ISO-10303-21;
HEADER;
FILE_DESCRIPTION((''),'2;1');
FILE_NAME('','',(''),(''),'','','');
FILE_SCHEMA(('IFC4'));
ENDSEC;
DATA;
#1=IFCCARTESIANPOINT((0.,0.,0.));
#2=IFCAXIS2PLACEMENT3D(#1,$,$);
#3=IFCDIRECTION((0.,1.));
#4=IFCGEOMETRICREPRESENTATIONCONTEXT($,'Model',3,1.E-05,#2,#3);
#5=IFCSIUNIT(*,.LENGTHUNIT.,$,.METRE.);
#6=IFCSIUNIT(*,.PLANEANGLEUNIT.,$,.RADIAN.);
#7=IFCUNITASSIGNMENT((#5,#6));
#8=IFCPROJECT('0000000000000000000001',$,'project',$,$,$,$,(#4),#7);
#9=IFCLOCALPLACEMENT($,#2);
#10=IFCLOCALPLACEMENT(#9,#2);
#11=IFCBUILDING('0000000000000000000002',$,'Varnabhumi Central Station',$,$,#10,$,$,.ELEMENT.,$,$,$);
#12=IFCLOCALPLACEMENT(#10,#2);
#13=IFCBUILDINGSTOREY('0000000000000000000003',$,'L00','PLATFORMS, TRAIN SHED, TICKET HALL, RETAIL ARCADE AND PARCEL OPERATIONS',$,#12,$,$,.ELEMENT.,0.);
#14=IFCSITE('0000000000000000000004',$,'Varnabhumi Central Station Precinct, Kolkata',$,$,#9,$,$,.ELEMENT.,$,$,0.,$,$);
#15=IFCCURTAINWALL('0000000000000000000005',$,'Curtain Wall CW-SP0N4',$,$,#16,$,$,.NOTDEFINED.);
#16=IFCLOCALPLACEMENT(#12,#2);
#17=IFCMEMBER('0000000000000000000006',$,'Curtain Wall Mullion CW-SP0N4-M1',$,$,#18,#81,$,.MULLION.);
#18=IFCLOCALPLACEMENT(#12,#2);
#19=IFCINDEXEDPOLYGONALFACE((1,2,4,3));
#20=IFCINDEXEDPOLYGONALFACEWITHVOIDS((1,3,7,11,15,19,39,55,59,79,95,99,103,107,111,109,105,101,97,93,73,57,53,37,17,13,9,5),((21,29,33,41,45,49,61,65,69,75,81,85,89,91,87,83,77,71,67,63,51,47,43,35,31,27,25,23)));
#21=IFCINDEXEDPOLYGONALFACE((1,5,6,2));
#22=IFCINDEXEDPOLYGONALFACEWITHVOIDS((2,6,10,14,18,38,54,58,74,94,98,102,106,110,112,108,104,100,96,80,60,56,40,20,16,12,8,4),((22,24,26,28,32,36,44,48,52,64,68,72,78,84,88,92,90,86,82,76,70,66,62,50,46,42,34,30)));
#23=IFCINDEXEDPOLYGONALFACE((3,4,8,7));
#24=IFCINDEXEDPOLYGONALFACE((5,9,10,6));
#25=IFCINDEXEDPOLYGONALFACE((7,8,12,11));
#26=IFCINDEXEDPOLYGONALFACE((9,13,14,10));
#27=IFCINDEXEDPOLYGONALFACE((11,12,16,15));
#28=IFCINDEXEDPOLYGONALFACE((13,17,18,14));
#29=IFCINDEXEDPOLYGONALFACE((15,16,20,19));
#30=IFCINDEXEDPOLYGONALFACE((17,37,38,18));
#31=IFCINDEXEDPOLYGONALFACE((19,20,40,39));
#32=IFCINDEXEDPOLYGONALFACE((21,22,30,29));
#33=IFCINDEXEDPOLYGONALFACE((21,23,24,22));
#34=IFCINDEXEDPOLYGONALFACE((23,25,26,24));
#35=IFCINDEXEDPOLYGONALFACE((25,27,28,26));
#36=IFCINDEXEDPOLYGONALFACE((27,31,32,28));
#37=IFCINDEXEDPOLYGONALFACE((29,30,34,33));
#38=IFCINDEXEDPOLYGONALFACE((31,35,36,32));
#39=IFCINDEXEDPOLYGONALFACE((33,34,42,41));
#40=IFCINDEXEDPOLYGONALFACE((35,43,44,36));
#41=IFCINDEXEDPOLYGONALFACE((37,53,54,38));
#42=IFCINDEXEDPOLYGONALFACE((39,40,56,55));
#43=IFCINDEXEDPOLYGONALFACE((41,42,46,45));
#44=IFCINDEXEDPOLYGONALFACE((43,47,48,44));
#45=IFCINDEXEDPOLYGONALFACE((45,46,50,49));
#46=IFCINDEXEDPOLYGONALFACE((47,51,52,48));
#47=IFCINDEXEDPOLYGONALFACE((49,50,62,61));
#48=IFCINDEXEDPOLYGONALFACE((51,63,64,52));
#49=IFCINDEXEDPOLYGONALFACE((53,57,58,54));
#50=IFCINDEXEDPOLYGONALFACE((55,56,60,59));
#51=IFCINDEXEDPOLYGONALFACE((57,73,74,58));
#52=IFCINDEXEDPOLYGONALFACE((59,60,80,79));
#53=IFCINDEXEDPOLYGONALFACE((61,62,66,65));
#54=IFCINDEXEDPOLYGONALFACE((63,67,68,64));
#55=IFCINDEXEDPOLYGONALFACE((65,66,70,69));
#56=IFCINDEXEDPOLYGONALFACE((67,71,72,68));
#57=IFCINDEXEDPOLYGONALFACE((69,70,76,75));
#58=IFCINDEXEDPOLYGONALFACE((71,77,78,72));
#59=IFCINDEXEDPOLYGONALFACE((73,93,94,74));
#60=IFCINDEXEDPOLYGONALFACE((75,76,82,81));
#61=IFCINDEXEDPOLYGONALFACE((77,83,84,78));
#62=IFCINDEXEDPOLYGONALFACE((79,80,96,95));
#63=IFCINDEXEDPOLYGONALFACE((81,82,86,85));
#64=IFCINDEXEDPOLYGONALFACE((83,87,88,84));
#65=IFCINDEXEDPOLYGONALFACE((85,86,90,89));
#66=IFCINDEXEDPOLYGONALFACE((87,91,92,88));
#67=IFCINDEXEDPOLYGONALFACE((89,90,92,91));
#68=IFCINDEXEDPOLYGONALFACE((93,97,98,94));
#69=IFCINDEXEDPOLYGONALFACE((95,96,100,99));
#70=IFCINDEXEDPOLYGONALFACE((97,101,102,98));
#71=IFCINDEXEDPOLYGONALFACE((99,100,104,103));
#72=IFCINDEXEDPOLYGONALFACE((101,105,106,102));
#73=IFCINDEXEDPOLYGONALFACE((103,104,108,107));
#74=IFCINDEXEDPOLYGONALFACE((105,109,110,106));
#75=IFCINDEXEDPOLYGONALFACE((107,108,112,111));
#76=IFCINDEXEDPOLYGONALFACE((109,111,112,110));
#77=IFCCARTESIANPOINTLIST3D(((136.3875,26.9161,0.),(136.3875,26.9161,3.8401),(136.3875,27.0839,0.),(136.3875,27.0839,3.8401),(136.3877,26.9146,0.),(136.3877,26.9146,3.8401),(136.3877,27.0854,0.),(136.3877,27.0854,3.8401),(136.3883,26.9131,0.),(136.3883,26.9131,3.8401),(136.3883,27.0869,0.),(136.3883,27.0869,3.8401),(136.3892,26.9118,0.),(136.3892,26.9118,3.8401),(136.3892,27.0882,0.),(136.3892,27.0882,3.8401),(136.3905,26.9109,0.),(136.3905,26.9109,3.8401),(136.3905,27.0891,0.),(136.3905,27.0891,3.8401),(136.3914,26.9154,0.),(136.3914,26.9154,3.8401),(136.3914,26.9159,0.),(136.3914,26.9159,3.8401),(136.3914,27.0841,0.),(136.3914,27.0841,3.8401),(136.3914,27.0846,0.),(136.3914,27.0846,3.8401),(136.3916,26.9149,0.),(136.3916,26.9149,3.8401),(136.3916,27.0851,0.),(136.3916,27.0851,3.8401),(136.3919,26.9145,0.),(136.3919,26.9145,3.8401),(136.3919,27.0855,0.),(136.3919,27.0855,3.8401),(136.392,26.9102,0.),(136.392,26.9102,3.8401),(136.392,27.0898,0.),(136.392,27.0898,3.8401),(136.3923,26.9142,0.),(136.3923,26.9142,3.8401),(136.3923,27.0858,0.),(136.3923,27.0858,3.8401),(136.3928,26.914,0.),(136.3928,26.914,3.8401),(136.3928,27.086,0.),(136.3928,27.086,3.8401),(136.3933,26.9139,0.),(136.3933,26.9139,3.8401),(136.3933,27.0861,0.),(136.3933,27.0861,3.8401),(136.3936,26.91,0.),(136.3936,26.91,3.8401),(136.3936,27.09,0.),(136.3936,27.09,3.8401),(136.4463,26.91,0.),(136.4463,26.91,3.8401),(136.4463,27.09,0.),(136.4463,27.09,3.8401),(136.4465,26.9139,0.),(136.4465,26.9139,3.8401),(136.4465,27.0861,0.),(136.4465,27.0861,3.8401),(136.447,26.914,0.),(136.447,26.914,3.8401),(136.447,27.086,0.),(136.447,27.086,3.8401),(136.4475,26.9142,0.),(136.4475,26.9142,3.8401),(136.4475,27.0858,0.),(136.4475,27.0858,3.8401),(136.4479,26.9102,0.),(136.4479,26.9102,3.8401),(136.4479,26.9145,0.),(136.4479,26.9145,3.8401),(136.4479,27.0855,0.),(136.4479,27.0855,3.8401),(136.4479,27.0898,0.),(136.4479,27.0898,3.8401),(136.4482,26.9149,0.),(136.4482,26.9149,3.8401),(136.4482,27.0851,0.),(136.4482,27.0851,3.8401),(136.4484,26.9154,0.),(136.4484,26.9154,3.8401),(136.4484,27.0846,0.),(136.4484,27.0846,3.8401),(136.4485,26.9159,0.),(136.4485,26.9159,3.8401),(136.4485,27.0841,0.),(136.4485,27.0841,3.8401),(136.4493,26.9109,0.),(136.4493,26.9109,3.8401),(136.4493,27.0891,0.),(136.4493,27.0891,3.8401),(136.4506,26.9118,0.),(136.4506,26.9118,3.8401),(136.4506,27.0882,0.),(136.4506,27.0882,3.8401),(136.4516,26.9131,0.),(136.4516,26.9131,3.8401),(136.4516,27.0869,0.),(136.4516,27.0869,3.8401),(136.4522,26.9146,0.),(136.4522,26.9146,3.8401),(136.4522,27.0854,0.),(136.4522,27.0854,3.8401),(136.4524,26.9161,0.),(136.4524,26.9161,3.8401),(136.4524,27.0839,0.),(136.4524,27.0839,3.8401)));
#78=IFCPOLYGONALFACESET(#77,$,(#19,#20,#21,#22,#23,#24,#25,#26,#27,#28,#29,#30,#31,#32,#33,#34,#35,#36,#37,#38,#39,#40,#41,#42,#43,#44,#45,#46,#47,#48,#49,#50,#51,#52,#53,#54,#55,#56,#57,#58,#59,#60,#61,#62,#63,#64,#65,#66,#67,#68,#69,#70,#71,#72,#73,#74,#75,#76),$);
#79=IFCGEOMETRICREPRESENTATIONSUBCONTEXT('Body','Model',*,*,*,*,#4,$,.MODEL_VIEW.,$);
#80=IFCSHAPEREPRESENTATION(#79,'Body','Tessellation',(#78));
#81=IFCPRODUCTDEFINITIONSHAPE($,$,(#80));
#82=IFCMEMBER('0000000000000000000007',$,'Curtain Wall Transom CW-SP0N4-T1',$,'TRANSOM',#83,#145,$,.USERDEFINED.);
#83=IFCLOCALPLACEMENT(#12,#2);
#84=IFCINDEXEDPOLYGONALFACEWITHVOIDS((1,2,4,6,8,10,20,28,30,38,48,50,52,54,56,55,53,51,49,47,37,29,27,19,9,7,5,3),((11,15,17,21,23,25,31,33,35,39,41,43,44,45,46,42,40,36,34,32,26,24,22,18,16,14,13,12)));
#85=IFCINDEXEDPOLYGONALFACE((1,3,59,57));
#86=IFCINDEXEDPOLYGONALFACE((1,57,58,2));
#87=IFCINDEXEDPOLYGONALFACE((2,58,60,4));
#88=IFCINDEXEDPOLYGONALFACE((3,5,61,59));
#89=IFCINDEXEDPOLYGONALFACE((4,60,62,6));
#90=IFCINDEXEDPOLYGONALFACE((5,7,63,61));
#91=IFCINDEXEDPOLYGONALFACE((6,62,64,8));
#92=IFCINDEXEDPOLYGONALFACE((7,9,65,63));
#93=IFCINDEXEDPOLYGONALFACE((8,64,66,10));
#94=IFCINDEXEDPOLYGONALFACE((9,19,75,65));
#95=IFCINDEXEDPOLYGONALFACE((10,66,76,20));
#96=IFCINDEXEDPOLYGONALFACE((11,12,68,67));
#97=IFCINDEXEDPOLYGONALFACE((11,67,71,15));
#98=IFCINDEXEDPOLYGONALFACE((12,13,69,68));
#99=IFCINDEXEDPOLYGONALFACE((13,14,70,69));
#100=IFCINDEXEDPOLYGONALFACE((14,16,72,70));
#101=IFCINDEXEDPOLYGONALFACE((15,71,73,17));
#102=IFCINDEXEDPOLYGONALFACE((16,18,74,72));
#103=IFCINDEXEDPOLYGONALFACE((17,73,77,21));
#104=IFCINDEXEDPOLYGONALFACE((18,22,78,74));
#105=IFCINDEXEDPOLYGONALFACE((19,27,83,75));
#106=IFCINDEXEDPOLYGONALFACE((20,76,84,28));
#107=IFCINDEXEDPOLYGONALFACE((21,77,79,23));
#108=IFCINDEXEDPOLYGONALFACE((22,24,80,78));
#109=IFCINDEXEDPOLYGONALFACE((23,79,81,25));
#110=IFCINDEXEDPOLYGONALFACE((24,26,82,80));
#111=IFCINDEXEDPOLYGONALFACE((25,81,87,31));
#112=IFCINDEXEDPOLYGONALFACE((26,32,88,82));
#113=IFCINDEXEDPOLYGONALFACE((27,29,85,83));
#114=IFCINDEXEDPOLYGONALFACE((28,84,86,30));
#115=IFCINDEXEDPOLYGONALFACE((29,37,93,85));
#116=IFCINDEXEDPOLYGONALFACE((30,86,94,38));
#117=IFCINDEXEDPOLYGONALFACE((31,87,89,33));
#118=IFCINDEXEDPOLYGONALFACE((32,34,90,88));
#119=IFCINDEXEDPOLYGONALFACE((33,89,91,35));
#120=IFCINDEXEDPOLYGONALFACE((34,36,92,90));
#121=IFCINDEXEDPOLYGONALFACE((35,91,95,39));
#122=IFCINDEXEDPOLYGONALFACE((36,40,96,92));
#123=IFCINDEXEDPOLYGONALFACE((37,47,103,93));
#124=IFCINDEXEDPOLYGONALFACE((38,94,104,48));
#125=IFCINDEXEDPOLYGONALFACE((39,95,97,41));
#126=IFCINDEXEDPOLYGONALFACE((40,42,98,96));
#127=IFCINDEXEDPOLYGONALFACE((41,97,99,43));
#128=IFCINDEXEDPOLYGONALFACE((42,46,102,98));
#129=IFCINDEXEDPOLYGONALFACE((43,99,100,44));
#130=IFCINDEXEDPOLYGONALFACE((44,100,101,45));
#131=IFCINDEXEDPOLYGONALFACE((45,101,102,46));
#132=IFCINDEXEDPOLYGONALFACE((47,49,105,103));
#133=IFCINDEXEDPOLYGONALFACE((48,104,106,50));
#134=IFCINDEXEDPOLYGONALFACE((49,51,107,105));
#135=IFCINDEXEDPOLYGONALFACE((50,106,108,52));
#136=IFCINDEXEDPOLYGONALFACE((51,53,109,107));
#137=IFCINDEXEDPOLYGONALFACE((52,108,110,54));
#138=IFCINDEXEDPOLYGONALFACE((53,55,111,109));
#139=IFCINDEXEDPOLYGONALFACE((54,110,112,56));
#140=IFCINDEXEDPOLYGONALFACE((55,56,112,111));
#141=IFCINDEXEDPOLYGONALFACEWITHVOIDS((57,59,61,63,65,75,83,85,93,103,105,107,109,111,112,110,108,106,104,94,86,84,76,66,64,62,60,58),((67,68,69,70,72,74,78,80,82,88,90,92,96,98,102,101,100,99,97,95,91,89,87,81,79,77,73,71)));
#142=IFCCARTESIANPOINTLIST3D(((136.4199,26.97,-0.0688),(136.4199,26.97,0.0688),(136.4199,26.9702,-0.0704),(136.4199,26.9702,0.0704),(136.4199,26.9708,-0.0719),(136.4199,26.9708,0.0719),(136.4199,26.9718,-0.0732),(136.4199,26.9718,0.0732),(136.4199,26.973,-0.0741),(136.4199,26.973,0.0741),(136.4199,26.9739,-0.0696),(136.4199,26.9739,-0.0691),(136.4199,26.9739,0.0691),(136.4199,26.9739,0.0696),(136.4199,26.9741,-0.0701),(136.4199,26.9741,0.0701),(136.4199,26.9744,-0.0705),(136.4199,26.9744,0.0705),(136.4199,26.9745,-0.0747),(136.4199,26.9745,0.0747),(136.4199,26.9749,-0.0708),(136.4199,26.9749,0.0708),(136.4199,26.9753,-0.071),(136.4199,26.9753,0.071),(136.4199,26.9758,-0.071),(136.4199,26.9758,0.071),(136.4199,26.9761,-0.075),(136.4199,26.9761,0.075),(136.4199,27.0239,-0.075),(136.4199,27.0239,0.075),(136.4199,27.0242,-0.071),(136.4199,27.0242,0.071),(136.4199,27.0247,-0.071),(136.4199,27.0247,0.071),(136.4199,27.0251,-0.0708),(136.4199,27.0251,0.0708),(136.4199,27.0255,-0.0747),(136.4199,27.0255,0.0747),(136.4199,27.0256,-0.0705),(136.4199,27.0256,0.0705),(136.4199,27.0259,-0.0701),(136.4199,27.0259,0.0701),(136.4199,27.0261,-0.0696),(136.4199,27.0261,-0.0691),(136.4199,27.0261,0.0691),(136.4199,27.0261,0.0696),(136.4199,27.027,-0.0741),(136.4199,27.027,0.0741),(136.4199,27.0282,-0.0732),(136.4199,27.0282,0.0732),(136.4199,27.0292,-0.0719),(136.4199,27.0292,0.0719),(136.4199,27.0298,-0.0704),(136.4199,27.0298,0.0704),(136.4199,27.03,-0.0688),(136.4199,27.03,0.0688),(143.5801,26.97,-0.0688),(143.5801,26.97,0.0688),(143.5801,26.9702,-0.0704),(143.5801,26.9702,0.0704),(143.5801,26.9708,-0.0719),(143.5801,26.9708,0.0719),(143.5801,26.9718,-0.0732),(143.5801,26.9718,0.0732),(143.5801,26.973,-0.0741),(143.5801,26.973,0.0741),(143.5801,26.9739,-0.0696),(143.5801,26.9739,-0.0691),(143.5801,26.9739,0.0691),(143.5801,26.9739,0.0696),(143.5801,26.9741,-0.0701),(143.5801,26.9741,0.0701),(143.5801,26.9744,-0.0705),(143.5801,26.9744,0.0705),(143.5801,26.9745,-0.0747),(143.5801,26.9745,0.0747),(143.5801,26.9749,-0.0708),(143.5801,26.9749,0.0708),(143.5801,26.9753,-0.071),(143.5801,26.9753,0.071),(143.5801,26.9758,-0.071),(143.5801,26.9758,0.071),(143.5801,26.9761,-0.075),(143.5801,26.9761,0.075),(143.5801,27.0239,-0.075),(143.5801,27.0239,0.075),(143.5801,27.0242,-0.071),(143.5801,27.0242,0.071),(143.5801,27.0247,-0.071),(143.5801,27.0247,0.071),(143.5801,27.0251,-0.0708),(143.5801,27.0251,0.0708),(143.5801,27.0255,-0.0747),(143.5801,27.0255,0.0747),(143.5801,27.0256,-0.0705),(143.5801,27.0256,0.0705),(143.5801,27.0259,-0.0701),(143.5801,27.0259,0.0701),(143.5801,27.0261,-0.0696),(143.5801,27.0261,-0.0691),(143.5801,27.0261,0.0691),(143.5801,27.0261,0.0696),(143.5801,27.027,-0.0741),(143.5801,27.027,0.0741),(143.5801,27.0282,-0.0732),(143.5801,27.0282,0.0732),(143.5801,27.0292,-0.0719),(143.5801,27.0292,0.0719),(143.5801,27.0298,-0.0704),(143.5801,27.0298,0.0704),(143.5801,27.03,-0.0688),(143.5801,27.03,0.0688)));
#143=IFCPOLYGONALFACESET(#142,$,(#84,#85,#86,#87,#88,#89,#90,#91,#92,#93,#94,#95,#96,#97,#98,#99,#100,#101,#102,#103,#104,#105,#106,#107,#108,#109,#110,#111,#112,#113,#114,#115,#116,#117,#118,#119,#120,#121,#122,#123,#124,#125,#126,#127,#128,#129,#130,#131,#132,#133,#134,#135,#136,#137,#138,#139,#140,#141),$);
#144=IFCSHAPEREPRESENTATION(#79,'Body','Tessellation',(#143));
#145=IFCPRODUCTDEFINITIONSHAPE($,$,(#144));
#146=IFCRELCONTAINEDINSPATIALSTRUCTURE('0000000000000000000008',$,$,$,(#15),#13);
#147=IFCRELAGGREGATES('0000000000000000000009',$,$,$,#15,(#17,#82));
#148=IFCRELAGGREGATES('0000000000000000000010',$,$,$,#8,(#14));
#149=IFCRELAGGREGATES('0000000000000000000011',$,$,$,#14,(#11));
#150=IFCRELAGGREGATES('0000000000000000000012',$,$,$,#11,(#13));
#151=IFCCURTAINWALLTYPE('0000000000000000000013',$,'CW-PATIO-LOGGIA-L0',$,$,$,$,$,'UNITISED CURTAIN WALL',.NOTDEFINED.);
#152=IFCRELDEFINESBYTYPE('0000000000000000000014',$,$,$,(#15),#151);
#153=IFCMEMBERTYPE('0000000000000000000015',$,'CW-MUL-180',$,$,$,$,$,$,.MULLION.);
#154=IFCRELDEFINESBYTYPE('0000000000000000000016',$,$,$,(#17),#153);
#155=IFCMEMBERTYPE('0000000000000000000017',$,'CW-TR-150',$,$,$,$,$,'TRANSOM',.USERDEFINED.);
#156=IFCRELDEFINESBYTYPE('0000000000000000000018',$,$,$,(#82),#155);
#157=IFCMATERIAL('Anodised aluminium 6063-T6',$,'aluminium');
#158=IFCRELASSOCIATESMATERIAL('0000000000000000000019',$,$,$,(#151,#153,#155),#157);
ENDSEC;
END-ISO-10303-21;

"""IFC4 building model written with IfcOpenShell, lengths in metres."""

from ifc_helpers import new_model, si_unit, direction, frame, origin, origin_2d, place, context, subcontext, project, spatial, hollow_rectangle, extrude, material, material_profile, profile_set, type_object, element, aggregate, save


model = new_model("IFC4")

# Units and contexts
model_context = context("Model", 3, precision=1e-05, world=origin(), true_north=direction((0.0, 1.0)))
body_context = subcontext(model_context, "Body", "Model", "MODEL_VIEW")
ifc_project = project(units=[si_unit("LENGTHUNIT", "METRE"), si_unit("PLANEANGLEUNIT", "RADIAN")], contexts=[model_context])

# Site, building, storey
site_placement = place(None, origin())
site = spatial("IfcSite", under=ifc_project, at=site_placement, Name="Varnabhumi Central Station Precinct, Kolkata", CompositionType="ELEMENT", RefElevation=0.0)
building_placement = place(site_placement, origin())
building = spatial("IfcBuilding", under=site, at=building_placement, Name="Varnabhumi Central Station", CompositionType="ELEMENT")
storey_placement = place(building_placement, origin())
storey = spatial("IfcBuildingStorey", under=building, at=storey_placement, Name="L00", Description="PLATFORMS, TRAIN SHED, TICKET HALL, RETAIL ARCADE AND PARCEL OPERATIONS", CompositionType="ELEMENT", Elevation=0.0)

# Curtain wall, members
ifc_material_1 = material(Name="Anodised aluminium 6063-T6", Category="aluminium")
curtain_wall_type = type_object("IfcCurtainWallType", Name="CW-PATIO-LOGGIA-L0", ElementType="UNITISED CURTAIN WALL", PredefinedType="NOTDEFINED", material=ifc_material_1)
ifc_material_profile_1 = material_profile(ifc_material_1, hollow_rectangle(XDim=0.0649, YDim=0.1799, WallThickness=0.0039, InnerFilletRadius=0.002, OuterFilletRadius=0.0061, at=origin_2d()), Name="Anodised aluminium 6063-T6", Category="aluminium")
ifc_profile_set_1 = profile_set([ifc_material_profile_1], Name="Anodised aluminium 6063-T6")
member_type_1 = type_object("IfcMemberType", Name="CW-MUL-180", PredefinedType="MULLION", material=ifc_profile_set_1)
curtain_wall_1_placement = place(storey_placement, origin())
curtain_wall_1 = element("IfcCurtainWall", 1, at=curtain_wall_1_placement, inside=storey, type_object=curtain_wall_type, Name="Curtain Wall CW-SP0N4", PredefinedType="NOTDEFINED")
member_1_placement = place(storey_placement, frame((136.4199, 27.0, 0.0), z_axis=(0.0, 0.0, 1.0), x_axis=(1.0, 0.0, 0.0)))
member_1 = element("IfcMember", 2, at=member_1_placement, type_object=member_type_1, Name="Curtain Wall Mullion CW-SP0N4-M1", PredefinedType="MULLION", context=body_context, shape_type="SweptSolid", body=[
    extrude(hollow_rectangle(XDim=0.0649, YDim=0.1799, WallThickness=0.0039, InnerFilletRadius=0.002, OuterFilletRadius=0.0061, at=origin_2d()), origin(), (0.0, 0.0, 1.0), 3.8401),
])
ifc_material_profile_2 = material_profile(ifc_material_1, hollow_rectangle(XDim=0.0601, YDim=0.1499, WallThickness=0.0039, InnerFilletRadius=0.002, OuterFilletRadius=0.0061, at=origin_2d()), Name="Anodised aluminium 6063-T6", Category="aluminium")
ifc_profile_set_2 = profile_set([ifc_material_profile_2], Name="Anodised aluminium 6063-T6")
member_type_2 = type_object("IfcMemberType", Name="CW-TR-150", ElementType="TRANSOM", PredefinedType="USERDEFINED", material=ifc_profile_set_2)
member_2_placement = place(storey_placement, frame((136.4199, 27.0, 0.0), z_axis=(1.0, 0.0, 0.0), x_axis=(0.0, 1.0, 0.0)))
member_2 = element("IfcMember", 3, at=member_2_placement, type_object=member_type_2, Name="Curtain Wall Transom CW-SP0N4-T1", ObjectType="TRANSOM", PredefinedType="USERDEFINED", context=body_context, shape_type="SweptSolid", body=[
    extrude(hollow_rectangle(XDim=0.0601, YDim=0.1499, WallThickness=0.0039, InnerFilletRadius=0.002, OuterFilletRadius=0.0061, at=origin_2d()), origin(), (0.0, 0.0, 1.0), 7.1602),
])
aggregate(curtain_wall_1, [member_1, member_2])

save(model, "model.ifc")
